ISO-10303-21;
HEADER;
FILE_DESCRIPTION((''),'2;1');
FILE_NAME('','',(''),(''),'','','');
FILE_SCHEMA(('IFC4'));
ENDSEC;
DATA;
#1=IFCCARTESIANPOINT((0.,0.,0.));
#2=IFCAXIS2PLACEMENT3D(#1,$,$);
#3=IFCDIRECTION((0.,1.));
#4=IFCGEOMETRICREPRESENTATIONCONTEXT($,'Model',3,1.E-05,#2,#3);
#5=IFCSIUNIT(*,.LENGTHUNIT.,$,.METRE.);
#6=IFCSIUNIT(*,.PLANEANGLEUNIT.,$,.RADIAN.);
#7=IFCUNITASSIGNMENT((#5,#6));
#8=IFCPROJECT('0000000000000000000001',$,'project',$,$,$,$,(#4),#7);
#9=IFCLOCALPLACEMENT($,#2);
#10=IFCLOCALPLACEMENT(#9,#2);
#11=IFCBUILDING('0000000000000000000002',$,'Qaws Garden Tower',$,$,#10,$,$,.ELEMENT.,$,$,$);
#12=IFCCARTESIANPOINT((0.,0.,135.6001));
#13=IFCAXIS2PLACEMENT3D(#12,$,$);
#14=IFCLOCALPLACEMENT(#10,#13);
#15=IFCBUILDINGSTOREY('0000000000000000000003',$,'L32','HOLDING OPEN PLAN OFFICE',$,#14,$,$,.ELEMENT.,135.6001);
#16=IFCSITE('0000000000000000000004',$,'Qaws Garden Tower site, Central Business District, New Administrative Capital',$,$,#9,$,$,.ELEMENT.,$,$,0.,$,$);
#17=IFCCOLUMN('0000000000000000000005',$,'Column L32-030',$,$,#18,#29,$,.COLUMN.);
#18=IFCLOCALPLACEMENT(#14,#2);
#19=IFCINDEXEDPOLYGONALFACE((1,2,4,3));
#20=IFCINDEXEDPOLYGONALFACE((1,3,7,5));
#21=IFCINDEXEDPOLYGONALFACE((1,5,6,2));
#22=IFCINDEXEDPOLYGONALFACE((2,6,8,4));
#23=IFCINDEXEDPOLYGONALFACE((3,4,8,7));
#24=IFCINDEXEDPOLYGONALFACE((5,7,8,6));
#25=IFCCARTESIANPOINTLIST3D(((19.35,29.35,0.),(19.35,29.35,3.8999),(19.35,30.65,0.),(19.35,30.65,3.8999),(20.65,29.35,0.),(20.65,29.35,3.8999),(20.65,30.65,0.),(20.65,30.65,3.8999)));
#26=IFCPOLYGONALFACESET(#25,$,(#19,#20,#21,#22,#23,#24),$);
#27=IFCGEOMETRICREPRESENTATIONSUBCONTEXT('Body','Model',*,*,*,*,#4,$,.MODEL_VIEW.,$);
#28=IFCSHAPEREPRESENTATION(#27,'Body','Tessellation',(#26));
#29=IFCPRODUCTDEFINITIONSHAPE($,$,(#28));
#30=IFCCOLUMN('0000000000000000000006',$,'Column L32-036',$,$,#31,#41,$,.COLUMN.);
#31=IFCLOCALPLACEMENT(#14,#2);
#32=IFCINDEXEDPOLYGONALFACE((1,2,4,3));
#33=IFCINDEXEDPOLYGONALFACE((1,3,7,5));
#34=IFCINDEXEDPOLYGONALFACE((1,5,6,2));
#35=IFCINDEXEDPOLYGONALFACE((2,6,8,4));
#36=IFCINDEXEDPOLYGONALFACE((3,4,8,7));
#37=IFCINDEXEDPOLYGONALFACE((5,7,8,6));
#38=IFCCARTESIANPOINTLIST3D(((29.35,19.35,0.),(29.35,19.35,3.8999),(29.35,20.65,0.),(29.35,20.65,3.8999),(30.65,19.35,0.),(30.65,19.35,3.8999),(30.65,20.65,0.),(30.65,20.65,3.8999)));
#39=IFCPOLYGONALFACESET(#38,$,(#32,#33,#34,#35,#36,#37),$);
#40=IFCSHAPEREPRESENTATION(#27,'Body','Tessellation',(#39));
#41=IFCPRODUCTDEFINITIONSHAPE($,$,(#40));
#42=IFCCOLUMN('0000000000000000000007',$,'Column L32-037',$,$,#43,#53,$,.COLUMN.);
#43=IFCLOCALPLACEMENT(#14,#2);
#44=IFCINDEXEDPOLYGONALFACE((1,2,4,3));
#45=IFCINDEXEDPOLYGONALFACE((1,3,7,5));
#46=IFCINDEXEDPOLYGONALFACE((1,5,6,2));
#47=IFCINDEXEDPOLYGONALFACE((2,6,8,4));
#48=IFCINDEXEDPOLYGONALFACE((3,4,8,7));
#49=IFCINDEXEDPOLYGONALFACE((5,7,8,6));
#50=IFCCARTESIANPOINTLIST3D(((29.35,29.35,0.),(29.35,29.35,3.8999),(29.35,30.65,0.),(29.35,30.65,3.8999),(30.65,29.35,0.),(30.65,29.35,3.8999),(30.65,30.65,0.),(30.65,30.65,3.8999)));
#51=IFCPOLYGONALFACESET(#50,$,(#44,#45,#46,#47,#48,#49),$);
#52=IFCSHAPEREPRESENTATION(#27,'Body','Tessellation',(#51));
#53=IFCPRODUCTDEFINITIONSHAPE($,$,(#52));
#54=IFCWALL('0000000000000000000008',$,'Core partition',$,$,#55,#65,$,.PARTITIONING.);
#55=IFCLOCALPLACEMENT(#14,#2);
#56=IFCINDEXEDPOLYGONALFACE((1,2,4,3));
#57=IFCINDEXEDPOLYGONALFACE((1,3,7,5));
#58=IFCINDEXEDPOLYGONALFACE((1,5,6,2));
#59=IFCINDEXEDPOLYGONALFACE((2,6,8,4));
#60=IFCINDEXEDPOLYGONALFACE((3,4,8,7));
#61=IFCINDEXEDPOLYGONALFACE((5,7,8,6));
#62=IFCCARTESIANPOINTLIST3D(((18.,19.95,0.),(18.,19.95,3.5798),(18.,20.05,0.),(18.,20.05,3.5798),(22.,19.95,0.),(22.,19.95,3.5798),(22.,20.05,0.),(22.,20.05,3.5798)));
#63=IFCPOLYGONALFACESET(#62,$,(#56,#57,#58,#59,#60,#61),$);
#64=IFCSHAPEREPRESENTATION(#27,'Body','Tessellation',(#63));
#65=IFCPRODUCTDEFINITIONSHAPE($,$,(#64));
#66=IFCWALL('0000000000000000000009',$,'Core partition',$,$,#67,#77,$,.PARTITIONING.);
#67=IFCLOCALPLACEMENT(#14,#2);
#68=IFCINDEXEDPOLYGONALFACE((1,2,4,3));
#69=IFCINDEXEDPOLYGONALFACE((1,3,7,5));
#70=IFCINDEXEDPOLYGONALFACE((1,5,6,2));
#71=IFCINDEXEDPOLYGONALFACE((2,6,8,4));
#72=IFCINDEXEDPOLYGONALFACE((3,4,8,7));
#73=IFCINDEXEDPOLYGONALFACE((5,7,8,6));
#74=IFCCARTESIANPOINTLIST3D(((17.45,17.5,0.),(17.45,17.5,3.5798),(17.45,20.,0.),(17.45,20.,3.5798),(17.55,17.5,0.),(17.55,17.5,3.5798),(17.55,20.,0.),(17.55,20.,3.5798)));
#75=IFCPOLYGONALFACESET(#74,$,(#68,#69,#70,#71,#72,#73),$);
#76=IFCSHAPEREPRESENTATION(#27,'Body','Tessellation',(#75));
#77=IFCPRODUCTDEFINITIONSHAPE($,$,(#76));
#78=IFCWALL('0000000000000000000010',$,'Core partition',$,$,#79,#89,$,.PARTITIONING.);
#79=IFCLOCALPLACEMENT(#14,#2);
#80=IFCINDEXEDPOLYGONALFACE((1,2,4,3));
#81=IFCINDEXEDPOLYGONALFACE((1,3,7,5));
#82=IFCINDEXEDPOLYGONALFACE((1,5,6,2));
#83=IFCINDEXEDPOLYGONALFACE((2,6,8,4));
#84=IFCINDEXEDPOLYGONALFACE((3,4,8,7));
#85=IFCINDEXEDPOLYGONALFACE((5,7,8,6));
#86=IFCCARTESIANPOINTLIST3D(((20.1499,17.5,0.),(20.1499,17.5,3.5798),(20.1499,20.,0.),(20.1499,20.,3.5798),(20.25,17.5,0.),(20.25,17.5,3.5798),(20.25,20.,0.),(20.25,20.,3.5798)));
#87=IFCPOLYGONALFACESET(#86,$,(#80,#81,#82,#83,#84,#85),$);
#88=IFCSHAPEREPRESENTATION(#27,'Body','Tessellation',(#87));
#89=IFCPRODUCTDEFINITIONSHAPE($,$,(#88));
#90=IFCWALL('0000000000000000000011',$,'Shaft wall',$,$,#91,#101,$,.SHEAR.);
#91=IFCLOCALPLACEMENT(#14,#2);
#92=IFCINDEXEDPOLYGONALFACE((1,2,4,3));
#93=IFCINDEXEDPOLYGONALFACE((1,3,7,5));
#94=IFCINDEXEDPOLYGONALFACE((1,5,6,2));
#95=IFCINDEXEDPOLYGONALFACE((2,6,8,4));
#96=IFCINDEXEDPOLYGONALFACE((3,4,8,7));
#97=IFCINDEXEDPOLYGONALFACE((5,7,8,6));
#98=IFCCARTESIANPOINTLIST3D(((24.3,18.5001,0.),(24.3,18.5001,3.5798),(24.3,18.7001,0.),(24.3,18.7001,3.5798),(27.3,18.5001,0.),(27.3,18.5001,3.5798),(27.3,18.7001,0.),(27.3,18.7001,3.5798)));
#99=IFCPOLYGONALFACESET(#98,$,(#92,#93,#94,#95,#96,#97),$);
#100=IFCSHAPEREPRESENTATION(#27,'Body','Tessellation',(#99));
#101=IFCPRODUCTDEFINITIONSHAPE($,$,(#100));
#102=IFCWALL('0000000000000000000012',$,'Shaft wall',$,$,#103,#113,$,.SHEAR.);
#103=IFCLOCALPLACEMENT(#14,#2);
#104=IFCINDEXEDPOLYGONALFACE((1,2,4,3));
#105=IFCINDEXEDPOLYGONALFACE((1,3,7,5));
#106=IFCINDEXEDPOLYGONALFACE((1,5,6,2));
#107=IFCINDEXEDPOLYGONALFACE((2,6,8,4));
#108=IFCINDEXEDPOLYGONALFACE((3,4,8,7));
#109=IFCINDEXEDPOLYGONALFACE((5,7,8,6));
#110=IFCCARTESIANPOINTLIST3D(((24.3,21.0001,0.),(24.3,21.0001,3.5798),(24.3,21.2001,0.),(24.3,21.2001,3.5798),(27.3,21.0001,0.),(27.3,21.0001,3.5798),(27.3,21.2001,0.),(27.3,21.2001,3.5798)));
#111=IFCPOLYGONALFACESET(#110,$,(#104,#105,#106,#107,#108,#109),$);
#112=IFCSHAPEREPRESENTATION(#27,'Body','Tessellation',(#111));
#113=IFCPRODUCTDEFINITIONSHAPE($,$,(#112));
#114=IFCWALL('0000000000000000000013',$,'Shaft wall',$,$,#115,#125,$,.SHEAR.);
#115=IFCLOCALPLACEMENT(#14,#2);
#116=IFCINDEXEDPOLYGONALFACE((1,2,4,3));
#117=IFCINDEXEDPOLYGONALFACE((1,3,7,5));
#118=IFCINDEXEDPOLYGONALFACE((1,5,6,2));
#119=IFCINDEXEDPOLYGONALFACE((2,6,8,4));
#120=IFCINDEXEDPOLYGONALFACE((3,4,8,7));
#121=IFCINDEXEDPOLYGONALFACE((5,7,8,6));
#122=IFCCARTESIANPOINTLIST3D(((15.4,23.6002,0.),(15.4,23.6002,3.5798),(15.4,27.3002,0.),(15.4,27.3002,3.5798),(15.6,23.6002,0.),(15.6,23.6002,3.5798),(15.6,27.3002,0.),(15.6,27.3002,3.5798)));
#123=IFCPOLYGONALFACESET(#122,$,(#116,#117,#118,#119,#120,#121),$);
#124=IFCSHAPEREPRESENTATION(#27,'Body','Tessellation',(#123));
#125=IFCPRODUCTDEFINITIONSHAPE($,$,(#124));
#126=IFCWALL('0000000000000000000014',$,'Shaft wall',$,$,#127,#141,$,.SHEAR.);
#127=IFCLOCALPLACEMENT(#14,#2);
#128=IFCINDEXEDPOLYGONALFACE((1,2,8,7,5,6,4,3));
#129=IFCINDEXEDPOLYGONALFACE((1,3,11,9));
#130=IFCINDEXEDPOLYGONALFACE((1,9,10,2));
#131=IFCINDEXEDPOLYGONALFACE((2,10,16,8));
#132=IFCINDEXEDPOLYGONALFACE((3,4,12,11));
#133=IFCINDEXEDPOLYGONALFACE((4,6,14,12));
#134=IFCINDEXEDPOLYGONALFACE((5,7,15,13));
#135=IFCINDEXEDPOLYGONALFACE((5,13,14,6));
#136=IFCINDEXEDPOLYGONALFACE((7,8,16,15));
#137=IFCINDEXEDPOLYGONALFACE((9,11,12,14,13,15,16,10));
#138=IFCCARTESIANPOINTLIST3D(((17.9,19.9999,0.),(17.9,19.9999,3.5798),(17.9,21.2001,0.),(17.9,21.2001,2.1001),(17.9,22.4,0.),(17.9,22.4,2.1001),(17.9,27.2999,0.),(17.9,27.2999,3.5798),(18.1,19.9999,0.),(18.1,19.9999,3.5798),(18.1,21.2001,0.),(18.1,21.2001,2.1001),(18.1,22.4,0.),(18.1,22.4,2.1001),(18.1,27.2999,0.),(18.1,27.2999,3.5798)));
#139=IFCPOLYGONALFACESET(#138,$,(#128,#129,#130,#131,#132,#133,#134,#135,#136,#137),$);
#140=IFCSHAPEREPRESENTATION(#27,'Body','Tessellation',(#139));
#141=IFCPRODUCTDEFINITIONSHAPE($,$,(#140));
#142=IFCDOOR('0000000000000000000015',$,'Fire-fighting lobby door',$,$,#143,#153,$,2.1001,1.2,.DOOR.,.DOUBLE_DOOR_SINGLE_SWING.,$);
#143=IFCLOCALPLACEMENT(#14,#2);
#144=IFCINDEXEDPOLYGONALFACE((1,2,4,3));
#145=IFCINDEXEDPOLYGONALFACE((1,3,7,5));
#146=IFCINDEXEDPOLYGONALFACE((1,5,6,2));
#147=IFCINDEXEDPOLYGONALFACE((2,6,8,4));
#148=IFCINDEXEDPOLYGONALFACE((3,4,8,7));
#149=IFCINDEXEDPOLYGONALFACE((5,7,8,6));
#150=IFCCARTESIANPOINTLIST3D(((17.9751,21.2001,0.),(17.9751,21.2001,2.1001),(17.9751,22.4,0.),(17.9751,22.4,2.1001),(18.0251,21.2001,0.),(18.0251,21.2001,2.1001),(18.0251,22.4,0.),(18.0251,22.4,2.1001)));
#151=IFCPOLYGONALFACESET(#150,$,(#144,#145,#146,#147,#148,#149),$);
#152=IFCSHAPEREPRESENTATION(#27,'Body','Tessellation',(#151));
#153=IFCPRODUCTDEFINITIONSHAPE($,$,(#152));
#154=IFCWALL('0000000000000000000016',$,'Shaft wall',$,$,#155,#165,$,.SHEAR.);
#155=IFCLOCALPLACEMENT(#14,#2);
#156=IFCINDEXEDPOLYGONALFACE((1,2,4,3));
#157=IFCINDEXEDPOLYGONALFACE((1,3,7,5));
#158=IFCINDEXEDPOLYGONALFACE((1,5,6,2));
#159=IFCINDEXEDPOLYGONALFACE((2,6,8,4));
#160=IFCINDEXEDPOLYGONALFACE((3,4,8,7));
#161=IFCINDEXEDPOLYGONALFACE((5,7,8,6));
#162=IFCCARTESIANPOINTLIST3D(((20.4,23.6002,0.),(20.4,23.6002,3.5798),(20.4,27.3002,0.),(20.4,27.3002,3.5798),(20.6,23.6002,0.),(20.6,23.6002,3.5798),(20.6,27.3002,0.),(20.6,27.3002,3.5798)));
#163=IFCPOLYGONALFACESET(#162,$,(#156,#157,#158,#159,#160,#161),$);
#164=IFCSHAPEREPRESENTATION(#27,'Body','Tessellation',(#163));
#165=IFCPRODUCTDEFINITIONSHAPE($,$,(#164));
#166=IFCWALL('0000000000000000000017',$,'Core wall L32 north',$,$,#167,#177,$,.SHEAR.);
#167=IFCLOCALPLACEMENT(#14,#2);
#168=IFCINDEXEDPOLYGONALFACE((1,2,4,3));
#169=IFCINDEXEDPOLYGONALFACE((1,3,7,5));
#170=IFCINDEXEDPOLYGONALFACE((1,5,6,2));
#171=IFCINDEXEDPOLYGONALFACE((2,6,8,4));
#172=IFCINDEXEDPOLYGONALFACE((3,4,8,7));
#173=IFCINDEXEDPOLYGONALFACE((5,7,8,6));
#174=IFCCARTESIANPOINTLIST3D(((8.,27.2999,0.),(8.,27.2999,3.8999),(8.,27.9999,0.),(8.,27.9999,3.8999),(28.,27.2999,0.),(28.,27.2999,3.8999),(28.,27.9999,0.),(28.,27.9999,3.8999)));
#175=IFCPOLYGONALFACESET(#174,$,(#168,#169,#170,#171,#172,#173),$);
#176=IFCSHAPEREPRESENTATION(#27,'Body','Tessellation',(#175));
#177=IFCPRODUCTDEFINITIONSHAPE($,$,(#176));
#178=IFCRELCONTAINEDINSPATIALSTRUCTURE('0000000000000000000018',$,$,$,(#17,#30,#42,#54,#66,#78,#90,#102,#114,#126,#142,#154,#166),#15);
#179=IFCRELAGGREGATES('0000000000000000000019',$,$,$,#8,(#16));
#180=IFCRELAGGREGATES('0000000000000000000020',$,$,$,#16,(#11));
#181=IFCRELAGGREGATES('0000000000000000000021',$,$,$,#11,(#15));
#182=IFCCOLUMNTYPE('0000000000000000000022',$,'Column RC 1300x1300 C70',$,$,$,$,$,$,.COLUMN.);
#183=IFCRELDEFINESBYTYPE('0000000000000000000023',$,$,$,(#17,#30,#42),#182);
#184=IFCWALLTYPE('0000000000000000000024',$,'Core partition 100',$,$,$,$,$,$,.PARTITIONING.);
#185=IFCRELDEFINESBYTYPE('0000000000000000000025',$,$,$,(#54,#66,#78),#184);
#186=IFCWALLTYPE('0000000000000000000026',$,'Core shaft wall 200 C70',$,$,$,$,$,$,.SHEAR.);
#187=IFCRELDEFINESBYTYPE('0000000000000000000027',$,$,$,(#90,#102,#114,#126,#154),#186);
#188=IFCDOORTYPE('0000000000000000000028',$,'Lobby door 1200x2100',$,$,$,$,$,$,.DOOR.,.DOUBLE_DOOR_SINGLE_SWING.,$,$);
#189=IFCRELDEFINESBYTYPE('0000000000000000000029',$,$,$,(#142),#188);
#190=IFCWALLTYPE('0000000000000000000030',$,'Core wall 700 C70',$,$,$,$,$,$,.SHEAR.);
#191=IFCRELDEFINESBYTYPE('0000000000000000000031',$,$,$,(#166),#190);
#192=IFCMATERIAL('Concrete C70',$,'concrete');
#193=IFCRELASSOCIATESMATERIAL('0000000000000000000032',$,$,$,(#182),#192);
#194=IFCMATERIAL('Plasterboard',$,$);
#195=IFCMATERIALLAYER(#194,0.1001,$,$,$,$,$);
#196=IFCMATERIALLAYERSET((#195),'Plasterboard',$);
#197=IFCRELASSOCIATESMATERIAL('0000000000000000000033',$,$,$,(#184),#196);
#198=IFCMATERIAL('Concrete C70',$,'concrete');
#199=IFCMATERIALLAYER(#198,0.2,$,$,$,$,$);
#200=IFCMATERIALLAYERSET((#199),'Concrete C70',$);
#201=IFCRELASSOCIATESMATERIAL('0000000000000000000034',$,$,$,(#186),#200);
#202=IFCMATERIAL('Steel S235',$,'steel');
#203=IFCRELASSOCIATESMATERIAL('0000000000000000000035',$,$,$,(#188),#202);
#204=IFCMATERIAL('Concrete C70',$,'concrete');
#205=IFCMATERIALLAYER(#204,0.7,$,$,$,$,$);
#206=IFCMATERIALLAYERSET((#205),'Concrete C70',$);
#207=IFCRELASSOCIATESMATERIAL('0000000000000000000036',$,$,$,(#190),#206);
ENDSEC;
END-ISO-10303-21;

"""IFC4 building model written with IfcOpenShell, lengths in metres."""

from ifc_helpers import new_model, si_unit, direction, frame, frame_2d, origin, origin_2d, place, context, subcontext, project, spatial, rectangle, extrude, material, layer, layer_set, material_profile, profile_set, type_object, element, fill, save


model = new_model("IFC4")

# Units and contexts
model_context = context("Model", 3, precision=1e-05, world=origin(), true_north=direction((0.0, 1.0)))
body_context = subcontext(model_context, "Body", "Model", "MODEL_VIEW")
ifc_project = project(units=[si_unit("LENGTHUNIT", "METRE"), si_unit("PLANEANGLEUNIT", "RADIAN")], contexts=[model_context])

# Site, building, storey
site_placement = place(None, origin())
site = spatial("IfcSite", under=ifc_project, at=site_placement, Name="Qaws Garden Tower site, Central Business District, New Administrative Capital", CompositionType="ELEMENT", RefElevation=0.0)
building_placement = place(site_placement, origin())
building = spatial("IfcBuilding", under=site, at=building_placement, Name="Qaws Garden Tower", CompositionType="ELEMENT")
storey_placement = place(building_placement, frame((0.0, 0.0, 135.6001)))
storey = spatial("IfcBuildingStorey", under=building, at=storey_placement, Name="L32", Description="HOLDING OPEN PLAN OFFICE", CompositionType="ELEMENT", Elevation=135.6001)

# Columns
ifc_material_1 = material(Name="Concrete C70", Category="concrete")
ifc_material_profile = material_profile(ifc_material_1, rectangle(XDim=1.3, YDim=1.3, at=origin_2d()), Name="RC 1300x1300")
ifc_profile_set = profile_set([ifc_material_profile], Name="Concrete C70")
column_type = type_object("IfcColumnType", Name="Column RC 1300x1300 C70", PredefinedType="COLUMN", material=ifc_profile_set)
for number, where, z_axis, x_axis, name in (
    (1, (20.0, 30.0, 0.0), (0.0, 0.0, 1.0), (1.0, 0.0, 0.0), "Column L32-030"),
    (2, (30.0, 20.0, 0.0), (0.0, 0.0, 1.0), (1.0, 0.0, 0.0), "Column L32-036"),
    (3, (30.0, 30.0, 0.0), (0.0, 0.0, 1.0), (1.0, 0.0, 0.0), "Column L32-037"),
):
    element("IfcColumn", number, at=place(storey_placement, frame(where, z_axis=z_axis, x_axis=x_axis)), inside=storey, type_object=column_type, Name=name, PredefinedType="COLUMN", context=body_context, shape_type="SweptSolid", body=[
        extrude(rectangle(XDim=1.3, YDim=1.3, at=origin_2d()), origin(), (0.0, 0.0, 1.0), 3.8999),
    ])

# Walls
ifc_material_2 = material(Name="Plasterboard")
ifc_layer_1 = layer(ifc_material_2, 0.1001)
ifc_layer_set_1 = layer_set([ifc_layer_1], Name="Plasterboard")
wall_type_1 = type_object("IfcWallType", Name="Core partition 100", PredefinedType="PARTITIONING", material=ifc_layer_set_1)
wall_1_placement = place(storey_placement, frame((18.0, 20.0, 0.0), z_axis=(0.0, 0.0, 1.0), x_axis=(1.0, 0.0, 0.0)))
element("IfcWall", 4, at=wall_1_placement, inside=storey, type_object=wall_type_1, Name="Core partition", PredefinedType="PARTITIONING", context=body_context, shape_type="SweptSolid", body=[
    extrude(rectangle(XDim=4.0, YDim=0.1001, at=frame_2d((2.0, 0.0))), origin(), (0.0, 0.0, 1.0), 3.5798),
])
for number, where, z_axis, x_axis, name in (
    (5, (17.5, 17.5, 0.0), (0.0, 0.0, 1.0), (0.0, 1.0, 0.0), "Core partition"),
    (6, (20.2, 17.5, 0.0), (0.0, 0.0, 1.0), (0.0, 1.0, 0.0), "Core partition"),
):
    element("IfcWall", number, at=place(storey_placement, frame(where, z_axis=z_axis, x_axis=x_axis)), inside=storey, type_object=wall_type_1, Name=name, PredefinedType="PARTITIONING", context=body_context, shape_type="SweptSolid", body=[
        extrude(rectangle(XDim=2.5, YDim=0.1001, at=frame_2d((1.25, 0.0))), origin(), (0.0, 0.0, 1.0), 3.5798),
    ])
ifc_material_3 = material(Name="Concrete C70", Category="concrete")
ifc_layer_2 = layer(ifc_material_3, 0.2)
ifc_layer_set_2 = layer_set([ifc_layer_2], Name="Concrete C70")
wall_type_2 = type_object("IfcWallType", Name="Core shaft wall 200 C70", PredefinedType="SHEAR", material=ifc_layer_set_2)
for number, where, z_axis, x_axis, name in (
    (7, (24.3, 18.6001, 0.0), (0.0, 0.0, 1.0), (1.0, 0.0, 0.0), "Shaft wall"),
    (8, (24.3, 21.1001, 0.0), (0.0, 0.0, 1.0), (1.0, 0.0, 0.0), "Shaft wall"),
):
    element("IfcWall", number, at=place(storey_placement, frame(where, z_axis=z_axis, x_axis=x_axis)), inside=storey, type_object=wall_type_2, Name=name, PredefinedType="SHEAR", context=body_context, shape_type="SweptSolid", body=[
        extrude(rectangle(XDim=3.0, YDim=0.2, at=frame_2d((1.5, 0.0))), origin(), (0.0, 0.0, 1.0), 3.5798),
    ])
wall_2_placement = place(storey_placement, frame((15.5, 23.6001, 0.0), z_axis=(0.0, 0.0, 1.0), x_axis=(0.0, 1.0, 0.0)))
element("IfcWall", 9, at=wall_2_placement, inside=storey, type_object=wall_type_2, Name="Shaft wall", PredefinedType="SHEAR", context=body_context, shape_type="SweptSolid", body=[
    extrude(rectangle(XDim=3.7, YDim=0.2, at=frame_2d((1.8501, 0.0))), origin(), (0.0, 0.0, 1.0), 3.5798),
])

# Wall, opening, door
wall_3_placement = place(storey_placement, frame((18.0, 20.0, 0.0), z_axis=(0.0, 0.0, 1.0), x_axis=(0.0, 1.0, 0.0)))
wall_3 = element("IfcWall", 10, at=wall_3_placement, inside=storey, type_object=wall_type_2, Name="Shaft wall", PredefinedType="SHEAR", context=body_context, shape_type="SweptSolid", body=[
    extrude(rectangle(XDim=7.3, YDim=0.2, at=frame_2d((3.6499, 0.0))), origin(), (0.0, 0.0, 1.0), 3.5798),
])
opening_1_placement = place(wall_3_placement, frame((1.2, 0.0, 0.0)))
opening_1 = element("IfcOpeningElement", 11, at=opening_1_placement, cuts=wall_3, PredefinedType="OPENING", context=body_context, shape_type="SweptSolid", body=[
    extrude(rectangle(XDim=1.2, YDim=2.1001, at=frame_2d((0.6001, 1.05))), frame((0.0, 0.1099, 0.0), z_axis=(0.0, -1.0, 0.0), x_axis=(1.0, 0.0, 0.0)), (0.0, 0.0, 1.0), 0.22),
])
ifc_material_4 = material(Name="Steel S235", Category="steel")
door_type_1 = type_object("IfcDoorType", Name="Lobby door 1200x2100", OperationType="DOUBLE_DOOR_SINGLE_SWING", PredefinedType="DOOR", material=ifc_material_4)
door_1_placement = place(opening_1_placement, origin())
door_1 = element("IfcDoor", 12, at=door_1_placement, inside=storey, type_object=door_type_1, Name="Fire-fighting lobby door", OperationType="DOUBLE_DOOR_SINGLE_SWING", OverallHeight=2.1001, OverallWidth=1.2, PredefinedType="DOOR", context=body_context, shape_type="SweptSolid", body=[
    extrude(rectangle(XDim=1.2, YDim=2.1001, at=frame_2d((0.6001, 1.05))), frame((0.0, 0.0249, 0.0), z_axis=(0.0, -1.0, 0.0), x_axis=(1.0, 0.0, 0.0)), (0.0, 0.0, 1.0), 0.05),
])
fill(opening_1, door_1)

# Walls
wall_4_placement = place(storey_placement, frame((20.5, 23.6001, 0.0), z_axis=(0.0, 0.0, 1.0), x_axis=(0.0, 1.0, 0.0)))
element("IfcWall", 13, at=wall_4_placement, inside=storey, type_object=wall_type_2, Name="Shaft wall", PredefinedType="SHEAR", context=body_context, shape_type="SweptSolid", body=[
    extrude(rectangle(XDim=3.7, YDim=0.2, at=frame_2d((1.8501, 0.0))), origin(), (0.0, 0.0, 1.0), 3.5798),
])
ifc_material_5 = material(Name="Concrete C70", Category="concrete")
ifc_layer_3 = layer(ifc_material_5, 0.7)
ifc_layer_set_3 = layer_set([ifc_layer_3], Name="Concrete C70")
wall_type_3 = type_object("IfcWallType", Name="Core wall 700 C70", PredefinedType="SHEAR", material=ifc_layer_set_3)
wall_5_placement = place(storey_placement, frame((28.0, 27.6499, 0.0), z_axis=(0.0, 0.0, 1.0), x_axis=(-1.0, 0.0, 0.0)))
element("IfcWall", 14, at=wall_5_placement, inside=storey, type_object=wall_type_3, Name="Core wall L32 north", PredefinedType="SHEAR", context=body_context, shape_type="SweptSolid", body=[
    extrude(rectangle(XDim=20.0, YDim=0.7, at=frame_2d((10.0, 0.0))), origin(), (0.0, 0.0, 1.0), 3.8999),
])

save(model, "model.ifc")
